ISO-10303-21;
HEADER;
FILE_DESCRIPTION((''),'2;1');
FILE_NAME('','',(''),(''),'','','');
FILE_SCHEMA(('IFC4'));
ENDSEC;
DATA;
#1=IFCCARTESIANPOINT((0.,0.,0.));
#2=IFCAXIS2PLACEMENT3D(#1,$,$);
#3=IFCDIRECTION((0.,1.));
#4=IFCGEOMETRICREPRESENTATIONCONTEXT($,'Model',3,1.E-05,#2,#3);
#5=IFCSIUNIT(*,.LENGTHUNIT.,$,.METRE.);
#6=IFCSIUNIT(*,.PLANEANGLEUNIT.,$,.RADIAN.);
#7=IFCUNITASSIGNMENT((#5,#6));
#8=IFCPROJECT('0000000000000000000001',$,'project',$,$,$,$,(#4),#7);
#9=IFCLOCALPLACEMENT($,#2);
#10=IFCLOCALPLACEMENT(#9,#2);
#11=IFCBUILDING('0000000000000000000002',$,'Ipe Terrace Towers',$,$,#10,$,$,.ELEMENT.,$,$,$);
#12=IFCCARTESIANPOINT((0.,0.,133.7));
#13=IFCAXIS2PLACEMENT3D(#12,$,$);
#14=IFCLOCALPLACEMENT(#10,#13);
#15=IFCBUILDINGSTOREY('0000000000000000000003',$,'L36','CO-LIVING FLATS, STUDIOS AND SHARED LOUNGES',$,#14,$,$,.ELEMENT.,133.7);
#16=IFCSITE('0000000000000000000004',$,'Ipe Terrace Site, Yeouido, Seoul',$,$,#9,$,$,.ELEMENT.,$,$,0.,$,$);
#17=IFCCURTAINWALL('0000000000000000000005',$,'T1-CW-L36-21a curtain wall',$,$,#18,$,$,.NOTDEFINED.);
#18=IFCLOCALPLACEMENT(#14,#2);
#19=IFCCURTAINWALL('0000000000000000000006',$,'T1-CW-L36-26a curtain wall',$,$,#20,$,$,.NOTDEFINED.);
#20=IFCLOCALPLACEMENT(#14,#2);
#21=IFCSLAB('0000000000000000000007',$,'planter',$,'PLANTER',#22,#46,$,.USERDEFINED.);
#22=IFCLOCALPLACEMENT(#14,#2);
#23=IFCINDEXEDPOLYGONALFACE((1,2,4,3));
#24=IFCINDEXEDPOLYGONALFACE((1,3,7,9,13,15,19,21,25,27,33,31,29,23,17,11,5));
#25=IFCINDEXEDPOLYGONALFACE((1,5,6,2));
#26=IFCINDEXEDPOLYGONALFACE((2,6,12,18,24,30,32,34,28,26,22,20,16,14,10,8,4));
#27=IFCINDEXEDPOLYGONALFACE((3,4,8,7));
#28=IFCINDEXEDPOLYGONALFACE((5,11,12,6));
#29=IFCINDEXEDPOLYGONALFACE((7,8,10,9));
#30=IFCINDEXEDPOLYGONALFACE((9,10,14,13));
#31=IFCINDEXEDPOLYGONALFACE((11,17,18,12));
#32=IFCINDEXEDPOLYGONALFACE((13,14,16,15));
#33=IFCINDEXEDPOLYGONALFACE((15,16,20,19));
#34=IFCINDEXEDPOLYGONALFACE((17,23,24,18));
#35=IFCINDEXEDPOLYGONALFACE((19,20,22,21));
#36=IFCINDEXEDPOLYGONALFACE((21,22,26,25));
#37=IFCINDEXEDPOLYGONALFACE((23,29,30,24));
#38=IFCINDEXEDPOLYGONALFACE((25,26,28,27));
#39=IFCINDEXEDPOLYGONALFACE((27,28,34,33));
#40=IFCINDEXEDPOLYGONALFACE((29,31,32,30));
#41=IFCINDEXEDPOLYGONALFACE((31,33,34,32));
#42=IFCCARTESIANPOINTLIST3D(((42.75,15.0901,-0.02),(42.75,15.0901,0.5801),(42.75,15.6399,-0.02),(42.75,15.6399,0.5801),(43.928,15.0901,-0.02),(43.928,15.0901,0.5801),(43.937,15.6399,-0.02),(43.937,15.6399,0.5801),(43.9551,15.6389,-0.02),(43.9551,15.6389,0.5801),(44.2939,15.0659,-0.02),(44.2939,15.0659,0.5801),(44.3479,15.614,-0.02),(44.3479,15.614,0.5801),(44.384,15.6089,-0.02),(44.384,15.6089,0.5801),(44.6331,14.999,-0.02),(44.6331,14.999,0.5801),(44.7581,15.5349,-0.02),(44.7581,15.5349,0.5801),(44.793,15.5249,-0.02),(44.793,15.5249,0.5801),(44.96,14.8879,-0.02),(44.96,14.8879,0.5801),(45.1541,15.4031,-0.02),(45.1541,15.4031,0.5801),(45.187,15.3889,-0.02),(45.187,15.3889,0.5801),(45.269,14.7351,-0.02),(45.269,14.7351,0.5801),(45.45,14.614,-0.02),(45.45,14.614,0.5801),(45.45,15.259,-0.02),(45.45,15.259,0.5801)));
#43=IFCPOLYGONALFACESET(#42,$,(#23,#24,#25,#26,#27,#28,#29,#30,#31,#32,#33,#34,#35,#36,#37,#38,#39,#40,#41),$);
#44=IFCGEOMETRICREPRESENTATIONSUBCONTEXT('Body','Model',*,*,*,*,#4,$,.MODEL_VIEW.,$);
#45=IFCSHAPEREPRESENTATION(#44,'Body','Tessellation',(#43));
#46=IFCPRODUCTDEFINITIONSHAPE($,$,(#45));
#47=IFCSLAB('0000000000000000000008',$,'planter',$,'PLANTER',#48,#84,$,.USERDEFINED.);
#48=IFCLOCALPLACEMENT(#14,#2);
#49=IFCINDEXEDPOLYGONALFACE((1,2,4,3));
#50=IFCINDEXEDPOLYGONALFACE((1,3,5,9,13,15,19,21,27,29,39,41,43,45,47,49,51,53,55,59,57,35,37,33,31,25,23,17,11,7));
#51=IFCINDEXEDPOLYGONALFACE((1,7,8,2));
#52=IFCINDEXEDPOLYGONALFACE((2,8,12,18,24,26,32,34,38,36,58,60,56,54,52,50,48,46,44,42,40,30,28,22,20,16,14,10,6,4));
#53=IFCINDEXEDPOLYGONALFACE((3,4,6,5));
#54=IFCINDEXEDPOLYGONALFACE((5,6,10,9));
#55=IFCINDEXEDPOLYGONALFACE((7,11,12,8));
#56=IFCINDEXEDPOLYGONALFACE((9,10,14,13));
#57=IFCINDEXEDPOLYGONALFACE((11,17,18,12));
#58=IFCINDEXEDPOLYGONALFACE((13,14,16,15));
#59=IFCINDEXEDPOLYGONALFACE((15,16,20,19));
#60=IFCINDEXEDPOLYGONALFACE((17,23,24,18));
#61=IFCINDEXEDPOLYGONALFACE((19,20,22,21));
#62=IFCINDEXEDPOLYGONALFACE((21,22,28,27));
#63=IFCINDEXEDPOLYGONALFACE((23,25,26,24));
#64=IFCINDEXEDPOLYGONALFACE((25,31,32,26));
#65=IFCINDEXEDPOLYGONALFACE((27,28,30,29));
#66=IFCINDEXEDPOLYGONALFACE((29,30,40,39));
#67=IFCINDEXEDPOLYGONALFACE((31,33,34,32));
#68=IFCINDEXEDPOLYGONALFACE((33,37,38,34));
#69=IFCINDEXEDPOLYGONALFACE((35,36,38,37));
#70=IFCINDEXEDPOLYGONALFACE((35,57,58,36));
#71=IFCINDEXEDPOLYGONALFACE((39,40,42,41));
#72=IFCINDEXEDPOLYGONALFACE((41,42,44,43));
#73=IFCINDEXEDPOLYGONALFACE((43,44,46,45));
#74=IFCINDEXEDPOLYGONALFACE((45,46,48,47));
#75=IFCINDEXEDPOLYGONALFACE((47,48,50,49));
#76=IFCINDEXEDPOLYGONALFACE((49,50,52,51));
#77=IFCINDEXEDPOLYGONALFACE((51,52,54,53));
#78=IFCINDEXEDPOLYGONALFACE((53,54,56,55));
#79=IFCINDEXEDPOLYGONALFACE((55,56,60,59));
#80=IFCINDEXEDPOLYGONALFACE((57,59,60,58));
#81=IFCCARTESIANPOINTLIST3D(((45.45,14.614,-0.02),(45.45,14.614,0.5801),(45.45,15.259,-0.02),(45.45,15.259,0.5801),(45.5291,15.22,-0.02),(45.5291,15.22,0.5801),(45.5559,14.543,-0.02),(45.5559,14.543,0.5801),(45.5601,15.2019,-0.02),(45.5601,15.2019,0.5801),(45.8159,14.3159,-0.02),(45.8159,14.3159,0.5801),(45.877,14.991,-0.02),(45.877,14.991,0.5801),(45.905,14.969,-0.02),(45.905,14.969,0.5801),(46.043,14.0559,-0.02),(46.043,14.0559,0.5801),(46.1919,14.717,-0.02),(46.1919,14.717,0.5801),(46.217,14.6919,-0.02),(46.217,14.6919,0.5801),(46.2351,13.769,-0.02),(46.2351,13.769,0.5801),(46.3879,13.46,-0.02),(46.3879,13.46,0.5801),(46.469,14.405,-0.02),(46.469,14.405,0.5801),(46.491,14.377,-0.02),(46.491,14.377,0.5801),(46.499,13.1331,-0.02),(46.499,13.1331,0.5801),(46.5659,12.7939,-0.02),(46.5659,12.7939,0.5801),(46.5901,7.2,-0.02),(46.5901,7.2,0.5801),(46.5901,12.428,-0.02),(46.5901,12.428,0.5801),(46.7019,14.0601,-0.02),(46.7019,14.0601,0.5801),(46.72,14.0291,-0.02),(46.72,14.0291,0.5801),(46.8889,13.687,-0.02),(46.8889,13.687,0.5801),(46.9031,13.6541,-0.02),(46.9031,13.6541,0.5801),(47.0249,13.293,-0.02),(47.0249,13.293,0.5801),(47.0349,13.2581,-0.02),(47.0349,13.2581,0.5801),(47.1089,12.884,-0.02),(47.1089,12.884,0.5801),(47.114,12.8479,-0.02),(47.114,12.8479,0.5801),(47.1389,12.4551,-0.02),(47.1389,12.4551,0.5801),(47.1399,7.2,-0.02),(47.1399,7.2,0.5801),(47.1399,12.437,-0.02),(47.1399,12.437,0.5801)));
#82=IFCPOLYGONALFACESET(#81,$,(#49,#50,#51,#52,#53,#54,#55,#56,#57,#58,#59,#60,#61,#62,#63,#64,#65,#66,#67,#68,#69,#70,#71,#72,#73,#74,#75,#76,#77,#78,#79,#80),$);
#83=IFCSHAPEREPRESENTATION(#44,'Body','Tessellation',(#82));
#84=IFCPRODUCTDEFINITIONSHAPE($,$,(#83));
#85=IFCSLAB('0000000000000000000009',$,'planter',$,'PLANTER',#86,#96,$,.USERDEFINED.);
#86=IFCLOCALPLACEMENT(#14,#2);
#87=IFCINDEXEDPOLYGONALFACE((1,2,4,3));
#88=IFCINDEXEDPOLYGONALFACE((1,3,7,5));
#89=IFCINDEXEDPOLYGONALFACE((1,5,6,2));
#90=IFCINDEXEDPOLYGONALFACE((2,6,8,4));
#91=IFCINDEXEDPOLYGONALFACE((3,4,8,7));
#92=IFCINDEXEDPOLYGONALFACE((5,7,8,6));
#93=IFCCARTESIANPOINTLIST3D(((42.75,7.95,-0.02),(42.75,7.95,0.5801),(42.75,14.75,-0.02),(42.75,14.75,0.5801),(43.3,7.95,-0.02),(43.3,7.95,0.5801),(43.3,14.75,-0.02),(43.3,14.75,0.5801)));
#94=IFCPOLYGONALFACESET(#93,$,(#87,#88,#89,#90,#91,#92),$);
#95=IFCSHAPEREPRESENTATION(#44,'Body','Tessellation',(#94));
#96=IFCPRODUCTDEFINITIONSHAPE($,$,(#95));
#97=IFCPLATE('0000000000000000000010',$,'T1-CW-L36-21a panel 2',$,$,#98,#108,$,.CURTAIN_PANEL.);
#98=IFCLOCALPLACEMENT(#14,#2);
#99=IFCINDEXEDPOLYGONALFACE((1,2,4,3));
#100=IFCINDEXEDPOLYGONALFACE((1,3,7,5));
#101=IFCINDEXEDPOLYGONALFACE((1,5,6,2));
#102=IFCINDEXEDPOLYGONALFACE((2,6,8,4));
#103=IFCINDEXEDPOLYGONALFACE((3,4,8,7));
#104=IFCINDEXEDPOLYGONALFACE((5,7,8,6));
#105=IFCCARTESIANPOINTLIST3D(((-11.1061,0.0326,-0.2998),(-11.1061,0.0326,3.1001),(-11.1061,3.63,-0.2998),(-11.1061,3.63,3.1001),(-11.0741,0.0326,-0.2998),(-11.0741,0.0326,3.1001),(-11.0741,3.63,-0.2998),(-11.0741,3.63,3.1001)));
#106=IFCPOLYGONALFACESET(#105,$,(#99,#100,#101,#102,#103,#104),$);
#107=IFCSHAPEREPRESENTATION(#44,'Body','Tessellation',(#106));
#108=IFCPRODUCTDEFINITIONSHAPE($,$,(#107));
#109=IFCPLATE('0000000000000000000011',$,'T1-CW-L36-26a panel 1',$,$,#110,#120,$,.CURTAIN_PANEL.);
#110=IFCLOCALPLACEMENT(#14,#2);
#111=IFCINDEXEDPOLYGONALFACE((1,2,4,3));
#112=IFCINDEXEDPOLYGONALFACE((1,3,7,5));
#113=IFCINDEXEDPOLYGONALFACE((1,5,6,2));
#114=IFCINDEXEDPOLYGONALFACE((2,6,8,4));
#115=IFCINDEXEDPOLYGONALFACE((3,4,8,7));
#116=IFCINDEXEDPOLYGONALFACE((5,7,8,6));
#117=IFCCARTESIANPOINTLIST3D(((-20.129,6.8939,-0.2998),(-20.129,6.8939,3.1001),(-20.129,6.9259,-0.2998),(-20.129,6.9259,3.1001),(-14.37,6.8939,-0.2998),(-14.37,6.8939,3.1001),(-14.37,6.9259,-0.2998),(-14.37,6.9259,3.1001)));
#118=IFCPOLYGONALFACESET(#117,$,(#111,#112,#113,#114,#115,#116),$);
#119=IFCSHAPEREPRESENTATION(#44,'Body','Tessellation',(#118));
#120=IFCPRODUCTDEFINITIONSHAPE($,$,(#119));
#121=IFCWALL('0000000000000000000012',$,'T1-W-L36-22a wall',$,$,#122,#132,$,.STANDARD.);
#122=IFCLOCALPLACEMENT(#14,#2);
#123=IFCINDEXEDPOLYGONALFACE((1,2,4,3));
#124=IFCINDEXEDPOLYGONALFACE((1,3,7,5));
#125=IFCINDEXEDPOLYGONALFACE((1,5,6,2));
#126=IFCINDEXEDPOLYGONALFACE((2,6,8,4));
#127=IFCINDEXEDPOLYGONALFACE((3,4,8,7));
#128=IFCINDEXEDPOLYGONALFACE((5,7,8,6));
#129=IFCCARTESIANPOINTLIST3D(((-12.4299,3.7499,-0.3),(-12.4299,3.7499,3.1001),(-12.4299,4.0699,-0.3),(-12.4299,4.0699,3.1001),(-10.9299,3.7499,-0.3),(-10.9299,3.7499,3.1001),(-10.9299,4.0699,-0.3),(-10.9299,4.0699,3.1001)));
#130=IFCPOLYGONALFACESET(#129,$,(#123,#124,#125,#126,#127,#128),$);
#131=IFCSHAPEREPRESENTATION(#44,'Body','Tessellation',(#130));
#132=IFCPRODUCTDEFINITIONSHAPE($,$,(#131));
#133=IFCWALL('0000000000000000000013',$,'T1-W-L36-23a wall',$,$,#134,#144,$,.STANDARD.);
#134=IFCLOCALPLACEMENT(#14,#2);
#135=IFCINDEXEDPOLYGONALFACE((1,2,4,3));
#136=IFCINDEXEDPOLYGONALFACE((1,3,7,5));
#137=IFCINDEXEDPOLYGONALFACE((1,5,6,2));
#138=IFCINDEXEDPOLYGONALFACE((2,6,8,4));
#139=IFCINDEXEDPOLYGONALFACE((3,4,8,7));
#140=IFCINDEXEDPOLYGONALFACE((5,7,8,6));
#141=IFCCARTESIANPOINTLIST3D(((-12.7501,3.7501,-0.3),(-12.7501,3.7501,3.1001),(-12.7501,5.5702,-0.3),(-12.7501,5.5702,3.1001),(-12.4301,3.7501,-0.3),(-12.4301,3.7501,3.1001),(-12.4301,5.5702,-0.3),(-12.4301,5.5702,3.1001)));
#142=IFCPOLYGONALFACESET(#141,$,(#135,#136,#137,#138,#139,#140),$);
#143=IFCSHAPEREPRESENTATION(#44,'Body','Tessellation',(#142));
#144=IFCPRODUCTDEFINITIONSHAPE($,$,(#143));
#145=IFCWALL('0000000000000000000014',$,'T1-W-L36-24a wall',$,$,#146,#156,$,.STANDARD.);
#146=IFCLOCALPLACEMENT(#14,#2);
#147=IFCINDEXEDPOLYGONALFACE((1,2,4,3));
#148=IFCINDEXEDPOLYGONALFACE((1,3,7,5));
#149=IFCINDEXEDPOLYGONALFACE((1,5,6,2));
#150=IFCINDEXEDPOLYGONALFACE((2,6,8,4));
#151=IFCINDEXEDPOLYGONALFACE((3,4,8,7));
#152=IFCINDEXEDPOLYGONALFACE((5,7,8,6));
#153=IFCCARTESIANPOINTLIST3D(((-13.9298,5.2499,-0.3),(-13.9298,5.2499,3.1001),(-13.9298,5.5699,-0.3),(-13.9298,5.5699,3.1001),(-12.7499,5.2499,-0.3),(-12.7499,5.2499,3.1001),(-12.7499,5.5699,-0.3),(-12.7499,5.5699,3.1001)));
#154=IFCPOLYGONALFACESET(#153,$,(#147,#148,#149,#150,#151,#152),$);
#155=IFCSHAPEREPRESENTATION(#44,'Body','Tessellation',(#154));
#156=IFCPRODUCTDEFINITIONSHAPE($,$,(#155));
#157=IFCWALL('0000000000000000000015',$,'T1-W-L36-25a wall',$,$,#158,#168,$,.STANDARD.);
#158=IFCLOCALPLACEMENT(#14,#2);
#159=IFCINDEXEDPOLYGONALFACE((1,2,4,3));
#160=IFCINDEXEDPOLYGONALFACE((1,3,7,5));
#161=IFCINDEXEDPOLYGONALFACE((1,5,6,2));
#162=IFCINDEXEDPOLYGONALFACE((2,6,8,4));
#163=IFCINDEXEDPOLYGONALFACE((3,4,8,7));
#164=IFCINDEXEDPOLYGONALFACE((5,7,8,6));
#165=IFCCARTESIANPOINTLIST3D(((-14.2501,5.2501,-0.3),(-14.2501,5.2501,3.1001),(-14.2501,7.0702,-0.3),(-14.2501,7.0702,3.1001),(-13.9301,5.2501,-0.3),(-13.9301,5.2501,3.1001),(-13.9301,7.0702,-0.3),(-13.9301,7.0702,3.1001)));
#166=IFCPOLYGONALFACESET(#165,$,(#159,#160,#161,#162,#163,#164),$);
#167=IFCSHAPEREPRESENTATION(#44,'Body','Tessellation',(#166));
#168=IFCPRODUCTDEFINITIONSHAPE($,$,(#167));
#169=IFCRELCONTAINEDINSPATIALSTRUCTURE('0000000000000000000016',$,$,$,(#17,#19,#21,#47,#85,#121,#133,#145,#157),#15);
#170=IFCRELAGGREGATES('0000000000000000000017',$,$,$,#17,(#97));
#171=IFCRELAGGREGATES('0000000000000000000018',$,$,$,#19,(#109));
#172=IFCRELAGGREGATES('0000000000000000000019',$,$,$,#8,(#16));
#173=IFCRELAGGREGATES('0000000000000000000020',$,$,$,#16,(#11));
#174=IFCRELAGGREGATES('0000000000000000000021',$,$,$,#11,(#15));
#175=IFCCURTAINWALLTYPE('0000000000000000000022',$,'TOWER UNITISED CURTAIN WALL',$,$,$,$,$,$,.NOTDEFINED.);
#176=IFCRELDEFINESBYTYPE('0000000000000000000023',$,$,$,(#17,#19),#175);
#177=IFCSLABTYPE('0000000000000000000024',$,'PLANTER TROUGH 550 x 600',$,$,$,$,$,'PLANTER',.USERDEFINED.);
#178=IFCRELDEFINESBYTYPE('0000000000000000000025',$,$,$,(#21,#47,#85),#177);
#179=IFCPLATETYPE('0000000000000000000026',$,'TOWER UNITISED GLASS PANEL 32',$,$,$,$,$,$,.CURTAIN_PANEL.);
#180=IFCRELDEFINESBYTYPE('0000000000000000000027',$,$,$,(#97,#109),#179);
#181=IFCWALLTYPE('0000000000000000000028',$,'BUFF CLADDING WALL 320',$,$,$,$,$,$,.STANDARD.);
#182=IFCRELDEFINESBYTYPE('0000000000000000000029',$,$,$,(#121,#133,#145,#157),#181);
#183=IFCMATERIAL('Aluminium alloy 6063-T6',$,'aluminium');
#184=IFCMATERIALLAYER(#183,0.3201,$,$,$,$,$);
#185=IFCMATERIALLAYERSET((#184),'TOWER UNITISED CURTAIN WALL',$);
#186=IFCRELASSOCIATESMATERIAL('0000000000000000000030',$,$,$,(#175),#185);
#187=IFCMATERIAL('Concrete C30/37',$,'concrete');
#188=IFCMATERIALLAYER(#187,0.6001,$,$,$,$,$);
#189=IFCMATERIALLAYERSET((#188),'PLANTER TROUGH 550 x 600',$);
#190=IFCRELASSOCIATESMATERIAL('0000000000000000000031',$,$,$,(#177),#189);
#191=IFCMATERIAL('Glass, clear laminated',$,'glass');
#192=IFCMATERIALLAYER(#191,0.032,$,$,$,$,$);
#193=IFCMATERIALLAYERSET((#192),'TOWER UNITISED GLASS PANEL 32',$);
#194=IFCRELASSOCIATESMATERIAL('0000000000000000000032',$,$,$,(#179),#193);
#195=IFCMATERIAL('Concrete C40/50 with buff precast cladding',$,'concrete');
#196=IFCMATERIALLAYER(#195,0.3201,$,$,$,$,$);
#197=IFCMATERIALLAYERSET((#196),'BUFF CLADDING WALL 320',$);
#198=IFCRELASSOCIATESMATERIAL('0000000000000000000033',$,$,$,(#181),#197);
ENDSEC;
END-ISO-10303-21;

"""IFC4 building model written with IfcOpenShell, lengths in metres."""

from ifc_helpers import new_model, si_unit, direction, frame, frame_2d, origin, origin_2d, place, context, subcontext, project, spatial, polyline, rectangle, outline, extrude, material, layer, layer_set, type_object, element, aggregate, save


model = new_model("IFC4")

# Units and contexts
model_context = context("Model", 3, precision=1e-05, world=origin(), true_north=direction((0.0, 1.0)))
body_context = subcontext(model_context, "Body", "Model", "MODEL_VIEW")
ifc_project = project(units=[si_unit("LENGTHUNIT", "METRE"), si_unit("PLANEANGLEUNIT", "RADIAN")], contexts=[model_context])

# Site, building, storey
site_placement = place(None, origin())
site = spatial("IfcSite", under=ifc_project, at=site_placement, Name="Ipe Terrace Site, Yeouido, Seoul", CompositionType="ELEMENT", RefElevation=0.0)
building_placement = place(site_placement, origin())
building = spatial("IfcBuilding", under=site, at=building_placement, Name="Ipe Terrace Towers", CompositionType="ELEMENT")
storey_placement = place(building_placement, frame((0.0, 0.0, 133.7)))
storey = spatial("IfcBuildingStorey", under=building, at=storey_placement, Name="L36", Description="CO-LIVING FLATS, STUDIOS AND SHARED LOUNGES", CompositionType="ELEMENT", Elevation=133.7)

# Curtain walls
ifc_material_1 = material(Name="Aluminium alloy 6063-T6", Category="aluminium")
ifc_layer_1 = layer(ifc_material_1, 0.3201)
ifc_layer_set_1 = layer_set([ifc_layer_1], Name="TOWER UNITISED CURTAIN WALL")
curtain_wall_type = type_object("IfcCurtainWallType", Name="TOWER UNITISED CURTAIN WALL", PredefinedType="NOTDEFINED", material=ifc_layer_set_1)
curtain_wall_1_placement = place(storey_placement, origin())
curtain_wall_1 = element("IfcCurtainWall", 1, at=curtain_wall_1_placement, inside=storey, type_object=curtain_wall_type, Name="T1-CW-L36-21a curtain wall", PredefinedType="NOTDEFINED")
curtain_wall_2_placement = place(storey_placement, origin())
curtain_wall_2 = element("IfcCurtainWall", 2, at=curtain_wall_2_placement, inside=storey, type_object=curtain_wall_type, Name="T1-CW-L36-26a curtain wall", PredefinedType="NOTDEFINED")

# Slabs
ifc_material_2 = material(Name="Concrete C30/37", Category="concrete")
ifc_layer_2 = layer(ifc_material_2, 0.6001)
ifc_layer_set_2 = layer_set([ifc_layer_2], Name="PLANTER TROUGH 550 x 600")
slab_type_1 = type_object("IfcSlabType", Name="PLANTER TROUGH 550 x 600", ElementType="PLANTER", PredefinedType="USERDEFINED", material=ifc_layer_set_2)
slab_1_placement = place(storey_placement, frame((0.0, 0.0, -0.02)))
element("IfcSlab", 3, at=slab_1_placement, inside=storey, type_object=slab_type_1, Name="planter", ObjectType="PLANTER", PredefinedType="USERDEFINED", context=body_context, shape_type="SweptSolid", body=[
    extrude(outline(polyline([(44.6331, 14.999), (44.96, 14.8879), (45.269, 14.7351), (45.45, 14.614), (45.45, 15.259), (45.187, 15.3889), (45.1541, 15.4031), (44.793, 15.5249), (44.7581, 15.5349), (44.384, 15.6089), (44.3479, 15.614), (43.9551, 15.6389), (43.937, 15.6399), (42.75, 15.6399), (42.75, 15.0901), (43.928, 15.0901), (44.2939, 15.0659), (44.6331, 14.999)])), origin(), (0.0, 0.0, 1.0), 0.6001),
])
slab_2_placement = place(storey_placement, frame((0.0, 0.0, -0.02)))
element("IfcSlab", 4, at=slab_2_placement, inside=storey, type_object=slab_type_1, Name="planter", ObjectType="PLANTER", PredefinedType="USERDEFINED", context=body_context, shape_type="SweptSolid", body=[
    extrude(outline(polyline([(45.5559, 14.543), (45.8159, 14.3159), (46.043, 14.0559), (46.2351, 13.769), (46.3879, 13.46), (46.499, 13.1331), (46.5659, 12.7939), (46.5901, 12.428), (46.5901, 7.2), (47.1399, 7.2), (47.1399, 12.437), (47.1389, 12.4551), (47.114, 12.8479), (47.1089, 12.884), (47.0349, 13.2581), (47.0249, 13.293), (46.9031, 13.6541), (46.8889, 13.687), (46.72, 14.0291), (46.7019, 14.0601), (46.491, 14.377), (46.469, 14.405), (46.217, 14.6919), (46.1919, 14.717), (45.905, 14.969), (45.877, 14.991), (45.5601, 15.2019), (45.5291, 15.22), (45.45, 15.259), (45.45, 14.614), (45.5559, 14.543)])), origin(), (0.0, 0.0, 1.0), 0.6001),
])
slab_3_placement = place(storey_placement, frame((0.0, 0.0, -0.02)))
element("IfcSlab", 5, at=slab_3_placement, inside=storey, type_object=slab_type_1, Name="planter", ObjectType="PLANTER", PredefinedType="USERDEFINED", context=body_context, shape_type="SweptSolid", body=[
    extrude(outline(polyline([(42.75, 7.95), (43.3, 7.95), (43.3, 14.75), (42.75, 14.75), (42.75, 7.95)])), origin(), (0.0, 0.0, 1.0), 0.6001),
])

# Plates
ifc_material_3 = material(Name="Glass, clear laminated", Category="glass")
ifc_layer_3 = layer(ifc_material_3, 0.032)
ifc_layer_set_3 = layer_set([ifc_layer_3], Name="TOWER UNITISED GLASS PANEL 32")
plate_type = type_object("IfcPlateType", Name="TOWER UNITISED GLASS PANEL 32", PredefinedType="CURTAIN_PANEL", material=ifc_layer_set_3)
plate_1_placement = place(storey_placement, frame((-11.0901, 1.8313, -0.2998), z_axis=(0.0, 0.0, 1.0), x_axis=(0.0, 1.0, 0.0)))
plate_1 = element("IfcPlate", 6, at=plate_1_placement, type_object=plate_type, Name="T1-CW-L36-21a panel 2", PredefinedType="CURTAIN_PANEL", context=body_context, shape_type="SweptSolid", body=[
    extrude(rectangle(XDim=3.5974, YDim=0.032, at=origin_2d()), origin(), (0.0, 0.0, 1.0), 3.3999),
])
aggregate(curtain_wall_1, [plate_1])
plate_2_placement = place(storey_placement, frame((-17.2495, 6.9099, -0.2998), z_axis=(0.0, 0.0, 1.0), x_axis=(-1.0, 0.0, 0.0)))
plate_2 = element("IfcPlate", 7, at=plate_2_placement, type_object=plate_type, Name="T1-CW-L36-26a panel 1", PredefinedType="CURTAIN_PANEL", context=body_context, shape_type="SweptSolid", body=[
    extrude(rectangle(XDim=5.759, YDim=0.032, at=origin_2d()), origin(), (0.0, 0.0, 1.0), 3.3999),
])
aggregate(curtain_wall_2, [plate_2])

# Walls
ifc_material_4 = material(Name="Concrete C40/50 with buff precast cladding", Category="concrete")
ifc_layer_4 = layer(ifc_material_4, 0.3201)
ifc_layer_set_4 = layer_set([ifc_layer_4], Name="BUFF CLADDING WALL 320")
wall_type = type_object("IfcWallType", Name="BUFF CLADDING WALL 320", PredefinedType="STANDARD", material=ifc_layer_set_4)
wall_1_placement = place(storey_placement, frame((-10.9299, 3.9099, -0.3), z_axis=(0.0, 0.0, 1.0), x_axis=(-1.0, 0.0, 0.0)))
element("IfcWall", 8, at=wall_1_placement, inside=storey, type_object=wall_type, Name="T1-W-L36-22a wall", PredefinedType="STANDARD", context=body_context, shape_type="SweptSolid", body=[
    extrude(rectangle(XDim=1.5, YDim=0.3201, at=frame_2d((0.75, 0.0))), origin(), (0.0, 0.0, 1.0), 3.4001),
])
wall_2_placement = place(storey_placement, frame((-12.5901, 3.75, -0.3), z_axis=(0.0, 0.0, 1.0), x_axis=(0.0, 1.0, 0.0)))
element("IfcWall", 9, at=wall_2_placement, inside=storey, type_object=wall_type, Name="T1-W-L36-23a wall", PredefinedType="STANDARD", context=body_context, shape_type="SweptSolid", body=[
    extrude(rectangle(XDim=1.8201, YDim=0.3201, at=frame_2d((0.9102, 0.0))), origin(), (0.0, 0.0, 1.0), 3.4001),
])
wall_3_placement = place(storey_placement, frame((-12.75, 5.4099, -0.3), z_axis=(0.0, 0.0, 1.0), x_axis=(-1.0, 0.0, 0.0)))
element("IfcWall", 10, at=wall_3_placement, inside=storey, type_object=wall_type, Name="T1-W-L36-24a wall", PredefinedType="STANDARD", context=body_context, shape_type="SweptSolid", body=[
    extrude(rectangle(XDim=1.1799, YDim=0.3201, at=frame_2d((0.5898, 0.0))), origin(), (0.0, 0.0, 1.0), 3.4001),
])
wall_4_placement = place(storey_placement, frame((-14.0901, 5.25, -0.3), z_axis=(0.0, 0.0, 1.0), x_axis=(0.0, 1.0, 0.0)))
element("IfcWall", 11, at=wall_4_placement, inside=storey, type_object=wall_type, Name="T1-W-L36-25a wall", PredefinedType="STANDARD", context=body_context, shape_type="SweptSolid", body=[
    extrude(rectangle(XDim=1.8201, YDim=0.3201, at=frame_2d((0.9102, 0.0))), origin(), (0.0, 0.0, 1.0), 3.4001),
])

save(model, "model.ifc")
